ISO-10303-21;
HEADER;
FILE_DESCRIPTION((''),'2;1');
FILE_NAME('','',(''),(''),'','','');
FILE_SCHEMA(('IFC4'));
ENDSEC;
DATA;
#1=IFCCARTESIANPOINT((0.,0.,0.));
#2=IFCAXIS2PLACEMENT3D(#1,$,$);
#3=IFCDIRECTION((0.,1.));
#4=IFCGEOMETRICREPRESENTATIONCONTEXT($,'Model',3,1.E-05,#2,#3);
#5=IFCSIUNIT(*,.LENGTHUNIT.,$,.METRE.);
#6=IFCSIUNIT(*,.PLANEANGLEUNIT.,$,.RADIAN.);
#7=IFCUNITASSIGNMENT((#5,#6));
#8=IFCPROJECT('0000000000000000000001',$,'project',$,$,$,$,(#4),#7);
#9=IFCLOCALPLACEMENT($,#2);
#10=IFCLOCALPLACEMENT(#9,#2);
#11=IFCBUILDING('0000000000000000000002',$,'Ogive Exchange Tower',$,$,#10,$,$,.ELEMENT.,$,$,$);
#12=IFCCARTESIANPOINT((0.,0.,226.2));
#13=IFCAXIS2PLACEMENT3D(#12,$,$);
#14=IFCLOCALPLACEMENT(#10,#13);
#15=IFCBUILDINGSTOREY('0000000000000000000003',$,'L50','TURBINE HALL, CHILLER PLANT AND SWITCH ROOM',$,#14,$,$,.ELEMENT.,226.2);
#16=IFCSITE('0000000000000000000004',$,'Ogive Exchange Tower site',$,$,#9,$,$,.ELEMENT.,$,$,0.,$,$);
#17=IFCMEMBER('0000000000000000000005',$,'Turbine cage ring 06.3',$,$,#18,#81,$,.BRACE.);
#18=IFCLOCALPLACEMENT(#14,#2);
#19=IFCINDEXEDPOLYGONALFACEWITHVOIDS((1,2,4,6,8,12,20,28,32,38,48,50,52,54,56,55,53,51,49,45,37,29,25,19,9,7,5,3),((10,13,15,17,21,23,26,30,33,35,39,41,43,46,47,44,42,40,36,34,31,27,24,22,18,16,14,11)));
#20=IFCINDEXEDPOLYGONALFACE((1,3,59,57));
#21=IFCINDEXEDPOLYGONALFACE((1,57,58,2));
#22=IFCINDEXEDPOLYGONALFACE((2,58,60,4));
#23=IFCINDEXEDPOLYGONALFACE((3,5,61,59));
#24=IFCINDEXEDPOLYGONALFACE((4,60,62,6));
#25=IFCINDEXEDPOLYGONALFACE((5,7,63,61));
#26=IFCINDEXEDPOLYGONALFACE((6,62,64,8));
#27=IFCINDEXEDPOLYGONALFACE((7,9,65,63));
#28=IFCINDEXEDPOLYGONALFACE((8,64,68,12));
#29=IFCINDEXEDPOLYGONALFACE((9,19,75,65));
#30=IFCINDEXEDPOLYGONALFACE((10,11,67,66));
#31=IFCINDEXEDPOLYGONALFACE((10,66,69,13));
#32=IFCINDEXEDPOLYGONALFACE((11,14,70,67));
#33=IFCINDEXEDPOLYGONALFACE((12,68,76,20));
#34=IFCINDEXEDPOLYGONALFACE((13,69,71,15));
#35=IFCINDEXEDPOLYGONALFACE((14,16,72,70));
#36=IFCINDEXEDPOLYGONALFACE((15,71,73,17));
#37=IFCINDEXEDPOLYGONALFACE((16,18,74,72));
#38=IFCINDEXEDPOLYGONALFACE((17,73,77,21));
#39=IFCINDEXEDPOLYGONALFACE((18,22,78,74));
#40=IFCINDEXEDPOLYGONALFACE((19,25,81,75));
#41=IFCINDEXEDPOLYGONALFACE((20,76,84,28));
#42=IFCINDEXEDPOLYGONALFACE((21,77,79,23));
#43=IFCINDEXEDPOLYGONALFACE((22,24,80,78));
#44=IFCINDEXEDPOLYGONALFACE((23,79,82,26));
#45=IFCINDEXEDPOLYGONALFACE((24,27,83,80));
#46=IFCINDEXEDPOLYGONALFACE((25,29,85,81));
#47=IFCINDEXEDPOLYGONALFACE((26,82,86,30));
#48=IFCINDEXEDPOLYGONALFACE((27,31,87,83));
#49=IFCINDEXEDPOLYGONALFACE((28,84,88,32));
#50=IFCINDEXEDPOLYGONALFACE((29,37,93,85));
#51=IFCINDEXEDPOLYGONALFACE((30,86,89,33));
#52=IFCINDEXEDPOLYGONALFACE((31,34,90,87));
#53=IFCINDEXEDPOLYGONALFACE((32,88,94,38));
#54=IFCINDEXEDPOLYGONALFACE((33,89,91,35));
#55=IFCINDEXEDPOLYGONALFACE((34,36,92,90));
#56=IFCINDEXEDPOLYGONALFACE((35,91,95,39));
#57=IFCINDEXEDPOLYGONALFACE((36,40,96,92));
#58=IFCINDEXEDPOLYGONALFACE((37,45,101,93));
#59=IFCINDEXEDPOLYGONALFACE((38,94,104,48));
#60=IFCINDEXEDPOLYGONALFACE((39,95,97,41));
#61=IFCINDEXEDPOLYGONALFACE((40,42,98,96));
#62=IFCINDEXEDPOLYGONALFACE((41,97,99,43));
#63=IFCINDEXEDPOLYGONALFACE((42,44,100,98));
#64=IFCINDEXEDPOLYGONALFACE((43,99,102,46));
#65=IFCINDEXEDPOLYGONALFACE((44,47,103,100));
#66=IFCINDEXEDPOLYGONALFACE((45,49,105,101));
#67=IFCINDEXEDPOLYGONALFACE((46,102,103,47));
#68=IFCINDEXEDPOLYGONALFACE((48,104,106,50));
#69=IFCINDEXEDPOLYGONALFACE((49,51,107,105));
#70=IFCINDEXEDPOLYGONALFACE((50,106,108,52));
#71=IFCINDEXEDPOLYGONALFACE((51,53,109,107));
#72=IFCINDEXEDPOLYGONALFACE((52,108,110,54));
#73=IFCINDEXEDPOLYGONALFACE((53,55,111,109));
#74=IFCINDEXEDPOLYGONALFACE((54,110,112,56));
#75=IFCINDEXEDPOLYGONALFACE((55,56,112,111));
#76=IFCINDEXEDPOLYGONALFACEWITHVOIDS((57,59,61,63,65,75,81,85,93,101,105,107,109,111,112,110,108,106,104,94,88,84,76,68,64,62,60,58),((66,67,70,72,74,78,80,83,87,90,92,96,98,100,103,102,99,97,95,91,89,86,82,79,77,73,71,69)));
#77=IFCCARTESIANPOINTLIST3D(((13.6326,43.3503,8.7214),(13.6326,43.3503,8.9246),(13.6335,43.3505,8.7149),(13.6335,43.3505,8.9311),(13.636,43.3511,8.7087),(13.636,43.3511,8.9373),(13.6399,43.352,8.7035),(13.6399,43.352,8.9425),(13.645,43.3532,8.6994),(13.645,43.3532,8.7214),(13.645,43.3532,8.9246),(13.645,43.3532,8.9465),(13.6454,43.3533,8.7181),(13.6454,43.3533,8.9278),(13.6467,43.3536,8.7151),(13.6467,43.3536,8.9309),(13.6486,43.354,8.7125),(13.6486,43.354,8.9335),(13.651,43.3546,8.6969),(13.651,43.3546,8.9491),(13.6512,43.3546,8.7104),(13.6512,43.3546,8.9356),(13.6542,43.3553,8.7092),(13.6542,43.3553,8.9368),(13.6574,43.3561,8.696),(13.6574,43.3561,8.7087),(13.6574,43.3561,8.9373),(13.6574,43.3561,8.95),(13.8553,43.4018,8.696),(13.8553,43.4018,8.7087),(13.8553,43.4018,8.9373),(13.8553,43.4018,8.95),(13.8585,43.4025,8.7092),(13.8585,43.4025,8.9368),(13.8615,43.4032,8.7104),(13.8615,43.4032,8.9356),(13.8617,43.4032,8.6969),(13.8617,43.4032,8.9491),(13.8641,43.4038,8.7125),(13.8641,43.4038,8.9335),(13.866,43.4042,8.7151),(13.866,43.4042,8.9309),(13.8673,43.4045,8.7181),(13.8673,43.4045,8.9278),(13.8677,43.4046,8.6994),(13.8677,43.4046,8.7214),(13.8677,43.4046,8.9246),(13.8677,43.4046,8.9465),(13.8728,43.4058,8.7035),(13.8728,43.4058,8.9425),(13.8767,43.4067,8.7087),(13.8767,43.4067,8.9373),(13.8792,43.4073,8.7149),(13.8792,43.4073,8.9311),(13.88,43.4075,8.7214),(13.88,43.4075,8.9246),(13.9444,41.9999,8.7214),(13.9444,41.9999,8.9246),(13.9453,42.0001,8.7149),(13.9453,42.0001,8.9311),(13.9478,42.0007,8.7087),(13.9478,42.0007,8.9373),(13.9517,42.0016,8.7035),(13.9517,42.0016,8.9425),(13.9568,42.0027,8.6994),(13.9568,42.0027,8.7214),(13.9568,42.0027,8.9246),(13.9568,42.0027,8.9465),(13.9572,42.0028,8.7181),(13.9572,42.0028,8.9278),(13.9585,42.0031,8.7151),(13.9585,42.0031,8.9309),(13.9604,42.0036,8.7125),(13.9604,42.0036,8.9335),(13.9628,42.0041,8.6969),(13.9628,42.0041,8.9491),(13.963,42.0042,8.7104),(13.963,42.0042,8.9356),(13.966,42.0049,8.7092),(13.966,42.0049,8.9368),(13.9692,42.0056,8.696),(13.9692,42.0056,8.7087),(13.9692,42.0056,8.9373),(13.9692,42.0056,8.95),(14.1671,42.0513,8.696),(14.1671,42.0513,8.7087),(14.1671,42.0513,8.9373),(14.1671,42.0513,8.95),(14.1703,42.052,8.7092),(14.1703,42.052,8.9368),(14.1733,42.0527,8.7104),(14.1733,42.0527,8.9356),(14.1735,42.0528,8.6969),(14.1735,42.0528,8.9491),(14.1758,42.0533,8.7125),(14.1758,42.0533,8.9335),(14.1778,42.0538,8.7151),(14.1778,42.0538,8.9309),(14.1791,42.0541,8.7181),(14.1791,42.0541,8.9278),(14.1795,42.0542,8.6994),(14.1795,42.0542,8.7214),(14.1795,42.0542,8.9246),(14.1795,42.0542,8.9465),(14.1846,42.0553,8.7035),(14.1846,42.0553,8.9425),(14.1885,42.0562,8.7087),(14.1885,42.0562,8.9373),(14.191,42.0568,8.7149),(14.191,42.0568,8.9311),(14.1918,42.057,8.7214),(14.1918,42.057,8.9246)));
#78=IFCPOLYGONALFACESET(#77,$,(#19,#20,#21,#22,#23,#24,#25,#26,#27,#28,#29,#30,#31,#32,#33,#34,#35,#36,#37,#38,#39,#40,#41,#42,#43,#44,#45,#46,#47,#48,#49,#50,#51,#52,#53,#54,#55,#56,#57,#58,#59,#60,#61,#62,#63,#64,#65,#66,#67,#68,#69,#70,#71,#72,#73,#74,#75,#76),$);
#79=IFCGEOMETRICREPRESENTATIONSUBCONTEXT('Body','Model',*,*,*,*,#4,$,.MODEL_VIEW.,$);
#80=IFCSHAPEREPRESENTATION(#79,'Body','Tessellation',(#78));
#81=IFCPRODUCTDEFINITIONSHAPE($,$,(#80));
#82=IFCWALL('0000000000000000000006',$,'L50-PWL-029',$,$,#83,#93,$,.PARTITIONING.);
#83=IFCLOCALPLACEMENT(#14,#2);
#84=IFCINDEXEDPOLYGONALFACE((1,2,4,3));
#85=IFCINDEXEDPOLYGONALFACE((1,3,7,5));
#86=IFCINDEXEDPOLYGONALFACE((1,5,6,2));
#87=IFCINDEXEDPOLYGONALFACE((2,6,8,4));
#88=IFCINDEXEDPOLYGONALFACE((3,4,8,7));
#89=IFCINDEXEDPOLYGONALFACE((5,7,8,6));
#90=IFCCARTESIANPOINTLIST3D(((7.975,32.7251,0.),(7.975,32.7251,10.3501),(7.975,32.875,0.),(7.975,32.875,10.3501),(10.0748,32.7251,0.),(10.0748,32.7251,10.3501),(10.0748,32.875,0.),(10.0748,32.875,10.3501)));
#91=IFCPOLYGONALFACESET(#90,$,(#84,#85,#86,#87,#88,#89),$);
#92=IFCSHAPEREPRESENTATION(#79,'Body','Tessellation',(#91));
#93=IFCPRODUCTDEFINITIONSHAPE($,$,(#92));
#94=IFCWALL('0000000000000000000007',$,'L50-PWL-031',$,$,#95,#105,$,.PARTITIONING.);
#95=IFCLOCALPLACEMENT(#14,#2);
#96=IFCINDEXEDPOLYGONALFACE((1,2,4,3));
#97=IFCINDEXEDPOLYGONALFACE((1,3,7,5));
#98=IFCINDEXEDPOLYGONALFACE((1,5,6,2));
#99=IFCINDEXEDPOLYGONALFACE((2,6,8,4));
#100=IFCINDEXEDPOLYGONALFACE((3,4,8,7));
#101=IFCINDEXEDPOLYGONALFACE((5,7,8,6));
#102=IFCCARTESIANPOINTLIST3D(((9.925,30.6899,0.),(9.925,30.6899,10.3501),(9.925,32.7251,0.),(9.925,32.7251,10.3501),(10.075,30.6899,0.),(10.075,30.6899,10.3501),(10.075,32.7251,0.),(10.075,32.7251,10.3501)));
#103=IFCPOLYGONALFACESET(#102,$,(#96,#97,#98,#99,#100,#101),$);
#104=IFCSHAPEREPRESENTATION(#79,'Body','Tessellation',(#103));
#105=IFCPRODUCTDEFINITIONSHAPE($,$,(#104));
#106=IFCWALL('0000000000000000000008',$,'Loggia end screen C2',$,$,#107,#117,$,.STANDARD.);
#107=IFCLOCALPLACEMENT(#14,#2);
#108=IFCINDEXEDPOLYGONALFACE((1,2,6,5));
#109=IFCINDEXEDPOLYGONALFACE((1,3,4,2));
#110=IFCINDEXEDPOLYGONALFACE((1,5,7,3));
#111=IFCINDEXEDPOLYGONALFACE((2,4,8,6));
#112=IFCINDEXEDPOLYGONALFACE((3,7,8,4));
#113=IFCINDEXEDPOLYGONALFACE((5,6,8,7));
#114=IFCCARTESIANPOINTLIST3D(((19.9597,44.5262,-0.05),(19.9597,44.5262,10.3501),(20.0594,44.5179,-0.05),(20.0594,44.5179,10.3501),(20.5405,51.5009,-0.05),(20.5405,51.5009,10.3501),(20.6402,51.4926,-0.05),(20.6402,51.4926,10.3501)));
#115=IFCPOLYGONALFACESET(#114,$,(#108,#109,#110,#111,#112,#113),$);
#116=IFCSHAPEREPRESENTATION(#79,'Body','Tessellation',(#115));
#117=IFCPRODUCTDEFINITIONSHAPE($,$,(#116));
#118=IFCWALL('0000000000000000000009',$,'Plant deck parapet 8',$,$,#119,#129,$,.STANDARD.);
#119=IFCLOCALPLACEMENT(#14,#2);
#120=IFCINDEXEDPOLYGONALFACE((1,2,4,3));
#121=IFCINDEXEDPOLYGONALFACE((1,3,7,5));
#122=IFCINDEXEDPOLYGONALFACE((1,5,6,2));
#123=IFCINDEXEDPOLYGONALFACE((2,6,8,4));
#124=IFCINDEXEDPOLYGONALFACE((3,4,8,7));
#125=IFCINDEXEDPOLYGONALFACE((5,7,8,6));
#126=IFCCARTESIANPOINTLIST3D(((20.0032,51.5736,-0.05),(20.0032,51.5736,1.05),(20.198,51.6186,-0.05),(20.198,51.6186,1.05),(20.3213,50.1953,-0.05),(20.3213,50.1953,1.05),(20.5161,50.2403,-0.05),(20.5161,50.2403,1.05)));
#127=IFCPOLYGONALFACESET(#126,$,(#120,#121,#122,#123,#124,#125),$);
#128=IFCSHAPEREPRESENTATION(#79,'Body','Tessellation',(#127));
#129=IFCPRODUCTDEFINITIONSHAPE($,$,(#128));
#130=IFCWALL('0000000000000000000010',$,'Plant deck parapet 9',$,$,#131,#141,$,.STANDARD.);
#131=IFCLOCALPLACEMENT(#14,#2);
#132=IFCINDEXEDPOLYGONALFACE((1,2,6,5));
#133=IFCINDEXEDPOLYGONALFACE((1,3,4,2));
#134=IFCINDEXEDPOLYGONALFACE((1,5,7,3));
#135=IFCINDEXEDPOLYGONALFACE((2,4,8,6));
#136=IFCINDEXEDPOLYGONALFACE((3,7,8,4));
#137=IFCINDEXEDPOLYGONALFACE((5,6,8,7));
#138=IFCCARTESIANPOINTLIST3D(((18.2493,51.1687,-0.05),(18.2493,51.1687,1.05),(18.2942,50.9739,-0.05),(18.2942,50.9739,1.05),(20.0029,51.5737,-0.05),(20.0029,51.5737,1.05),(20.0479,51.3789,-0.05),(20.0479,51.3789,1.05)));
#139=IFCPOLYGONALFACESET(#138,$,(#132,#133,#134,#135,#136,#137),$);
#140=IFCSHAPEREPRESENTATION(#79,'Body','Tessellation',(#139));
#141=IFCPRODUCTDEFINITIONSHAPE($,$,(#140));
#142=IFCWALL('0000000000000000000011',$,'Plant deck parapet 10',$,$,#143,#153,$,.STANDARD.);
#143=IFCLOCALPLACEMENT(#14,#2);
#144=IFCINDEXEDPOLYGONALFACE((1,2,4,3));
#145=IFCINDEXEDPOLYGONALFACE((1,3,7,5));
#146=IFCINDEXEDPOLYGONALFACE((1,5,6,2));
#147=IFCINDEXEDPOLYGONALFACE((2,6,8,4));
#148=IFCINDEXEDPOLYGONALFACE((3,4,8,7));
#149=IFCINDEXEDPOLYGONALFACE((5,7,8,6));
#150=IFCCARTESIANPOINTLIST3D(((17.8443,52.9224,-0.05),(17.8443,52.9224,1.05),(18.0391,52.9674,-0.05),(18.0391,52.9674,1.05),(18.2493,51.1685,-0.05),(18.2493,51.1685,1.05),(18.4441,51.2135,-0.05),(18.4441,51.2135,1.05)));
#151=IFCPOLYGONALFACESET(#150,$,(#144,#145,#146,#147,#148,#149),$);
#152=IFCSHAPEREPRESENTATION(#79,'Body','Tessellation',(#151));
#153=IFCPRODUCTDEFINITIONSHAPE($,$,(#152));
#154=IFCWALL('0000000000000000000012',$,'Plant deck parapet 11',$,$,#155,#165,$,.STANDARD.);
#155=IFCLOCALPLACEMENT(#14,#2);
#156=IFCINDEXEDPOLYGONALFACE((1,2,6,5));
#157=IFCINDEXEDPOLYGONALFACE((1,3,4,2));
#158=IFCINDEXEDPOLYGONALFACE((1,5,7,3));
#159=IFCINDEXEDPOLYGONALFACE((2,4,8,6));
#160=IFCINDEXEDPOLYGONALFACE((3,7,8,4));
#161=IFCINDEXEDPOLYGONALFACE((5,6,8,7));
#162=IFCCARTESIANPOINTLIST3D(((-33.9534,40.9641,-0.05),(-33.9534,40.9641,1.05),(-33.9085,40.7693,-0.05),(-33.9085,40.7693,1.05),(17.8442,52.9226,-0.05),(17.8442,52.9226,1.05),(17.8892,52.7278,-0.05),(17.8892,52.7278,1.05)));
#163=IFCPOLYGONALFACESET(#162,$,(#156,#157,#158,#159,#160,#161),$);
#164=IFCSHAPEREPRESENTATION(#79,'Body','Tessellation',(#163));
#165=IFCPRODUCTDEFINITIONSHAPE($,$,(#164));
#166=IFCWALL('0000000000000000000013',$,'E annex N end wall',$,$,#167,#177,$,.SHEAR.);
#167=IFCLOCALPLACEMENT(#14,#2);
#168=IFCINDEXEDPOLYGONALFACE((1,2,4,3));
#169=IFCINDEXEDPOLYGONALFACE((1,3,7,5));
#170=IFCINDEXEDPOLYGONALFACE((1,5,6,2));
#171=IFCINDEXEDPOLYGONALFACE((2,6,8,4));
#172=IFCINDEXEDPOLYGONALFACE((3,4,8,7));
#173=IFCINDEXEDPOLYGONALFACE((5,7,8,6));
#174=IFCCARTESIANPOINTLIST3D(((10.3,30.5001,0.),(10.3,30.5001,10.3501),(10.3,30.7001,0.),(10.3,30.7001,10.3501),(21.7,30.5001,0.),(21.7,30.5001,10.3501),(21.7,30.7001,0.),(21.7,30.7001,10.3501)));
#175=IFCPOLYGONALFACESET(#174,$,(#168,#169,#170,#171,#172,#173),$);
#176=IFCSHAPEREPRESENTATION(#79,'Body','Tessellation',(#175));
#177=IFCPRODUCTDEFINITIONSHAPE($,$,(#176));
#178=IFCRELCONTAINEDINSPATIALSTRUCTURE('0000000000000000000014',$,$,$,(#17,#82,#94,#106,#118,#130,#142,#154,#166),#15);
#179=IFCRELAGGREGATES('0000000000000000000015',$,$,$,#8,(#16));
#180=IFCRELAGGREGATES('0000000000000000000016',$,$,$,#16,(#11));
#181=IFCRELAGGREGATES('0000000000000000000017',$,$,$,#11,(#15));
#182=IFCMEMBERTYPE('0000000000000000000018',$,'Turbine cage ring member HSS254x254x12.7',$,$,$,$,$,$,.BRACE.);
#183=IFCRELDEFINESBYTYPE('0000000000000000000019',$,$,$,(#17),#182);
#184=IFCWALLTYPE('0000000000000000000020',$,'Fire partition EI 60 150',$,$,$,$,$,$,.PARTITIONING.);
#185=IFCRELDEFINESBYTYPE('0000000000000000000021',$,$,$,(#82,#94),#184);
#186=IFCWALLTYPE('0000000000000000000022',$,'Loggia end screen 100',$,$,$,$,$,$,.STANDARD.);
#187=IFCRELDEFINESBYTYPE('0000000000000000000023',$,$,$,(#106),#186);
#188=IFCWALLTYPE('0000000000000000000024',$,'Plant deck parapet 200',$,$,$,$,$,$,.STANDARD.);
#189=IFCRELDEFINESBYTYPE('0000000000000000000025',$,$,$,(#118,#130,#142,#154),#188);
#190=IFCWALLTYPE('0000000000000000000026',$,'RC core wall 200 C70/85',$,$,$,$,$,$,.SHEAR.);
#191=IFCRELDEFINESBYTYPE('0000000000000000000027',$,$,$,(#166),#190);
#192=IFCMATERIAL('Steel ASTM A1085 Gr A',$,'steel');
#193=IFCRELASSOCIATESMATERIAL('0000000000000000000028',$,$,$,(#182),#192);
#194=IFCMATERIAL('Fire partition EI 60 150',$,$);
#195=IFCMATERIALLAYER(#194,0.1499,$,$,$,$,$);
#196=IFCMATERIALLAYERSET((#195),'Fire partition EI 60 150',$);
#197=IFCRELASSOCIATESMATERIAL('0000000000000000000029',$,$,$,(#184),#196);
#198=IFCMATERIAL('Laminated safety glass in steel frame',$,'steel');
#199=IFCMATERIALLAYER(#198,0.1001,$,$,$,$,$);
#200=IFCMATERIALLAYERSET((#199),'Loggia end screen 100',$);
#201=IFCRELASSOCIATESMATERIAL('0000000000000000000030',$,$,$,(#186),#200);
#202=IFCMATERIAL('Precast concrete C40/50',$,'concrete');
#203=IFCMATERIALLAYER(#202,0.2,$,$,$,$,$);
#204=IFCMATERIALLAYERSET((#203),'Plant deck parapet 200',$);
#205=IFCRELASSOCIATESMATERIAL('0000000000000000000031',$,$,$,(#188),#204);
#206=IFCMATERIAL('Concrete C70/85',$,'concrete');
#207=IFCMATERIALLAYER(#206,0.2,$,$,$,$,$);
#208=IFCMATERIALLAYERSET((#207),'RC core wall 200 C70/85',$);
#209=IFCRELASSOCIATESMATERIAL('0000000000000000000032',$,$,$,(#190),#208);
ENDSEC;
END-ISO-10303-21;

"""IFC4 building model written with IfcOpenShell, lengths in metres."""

from ifc_helpers import new_model, si_unit, direction, frame, frame_2d, origin, origin_2d, place, context, subcontext, project, spatial, rectangle, hollow_rectangle, extrude, material, layer, layer_set, material_profile, profile_set, type_object, element, save


model = new_model("IFC4")

# Units and contexts
model_context = context("Model", 3, precision=1e-05, world=origin(), true_north=direction((0.0, 1.0)))
body_context = subcontext(model_context, "Body", "Model", "MODEL_VIEW")
ifc_project = project(units=[si_unit("LENGTHUNIT", "METRE"), si_unit("PLANEANGLEUNIT", "RADIAN")], contexts=[model_context])

# Site, building, storey
site_placement = place(None, origin())
site = spatial("IfcSite", under=ifc_project, at=site_placement, Name="Ogive Exchange Tower site", CompositionType="ELEMENT", RefElevation=0.0)
building_placement = place(site_placement, origin())
building = spatial("IfcBuilding", under=site, at=building_placement, Name="Ogive Exchange Tower", CompositionType="ELEMENT")
storey_placement = place(building_placement, frame((0.0, 0.0, 226.2)))
storey = spatial("IfcBuildingStorey", under=building, at=storey_placement, Name="L50", Description="TURBINE HALL, CHILLER PLANT AND SWITCH ROOM", CompositionType="ELEMENT", Elevation=226.2)

# Shared definitions
ifc_material_1 = material(Name="Steel ASTM A1085 Gr A", Category="steel")

# Member
ifc_material_profile_1 = material_profile(ifc_material_1, hollow_rectangle(XDim=0.2539, YDim=0.2539, WallThickness=0.0127, InnerFilletRadius=0.0127, OuterFilletRadius=0.0254, at=origin_2d()), Name="HSS254x254x12.7")
ifc_profile_set_1 = profile_set([ifc_material_profile_1], Name="Steel ASTM A1085 Gr A")
member_type_1 = type_object("IfcMemberType", Name="Turbine cage ring member HSS254x254x12.7", PredefinedType="BRACE", material=ifc_profile_set_1)
member_1_placement = place(storey_placement, frame((13.7563, 43.3789, 8.823), z_axis=(0.224962, -0.974367, 0.0), x_axis=(0.974367, 0.224962, 0.0)))
element("IfcMember", 1, at=member_1_placement, inside=storey, type_object=member_type_1, Name="Turbine cage ring 06.3", PredefinedType="BRACE", context=body_context, shape_type="SweptSolid", body=[
    extrude(hollow_rectangle(XDim=0.2539, YDim=0.2539, WallThickness=0.0127, InnerFilletRadius=0.0127, OuterFilletRadius=0.0254, at=origin_2d()), origin(), (0.0, 0.0, 1.0), 1.386),
])

# Walls
ifc_material_2 = material(Name="Fire partition EI 60 150")
ifc_layer_1 = layer(ifc_material_2, 0.1499)
ifc_layer_set_1 = layer_set([ifc_layer_1], Name="Fire partition EI 60 150")
wall_type_1 = type_object("IfcWallType", Name="Fire partition EI 60 150", PredefinedType="PARTITIONING", material=ifc_layer_set_1)
wall_1_placement = place(storey_placement, frame((7.9751, 32.8, 0.0), z_axis=(0.0, 0.0, 1.0), x_axis=(1.0, 0.0, 0.0)))
element("IfcWall", 2, at=wall_1_placement, inside=storey, type_object=wall_type_1, Name="L50-PWL-029", PredefinedType="PARTITIONING", context=body_context, shape_type="SweptSolid", body=[
    extrude(rectangle(XDim=2.0999, YDim=0.1499, at=frame_2d((1.0498, 0.0))), origin(), (0.0, 0.0, 1.0), 10.3501),
])
wall_2_placement = place(storey_placement, frame((10.0, 32.7251, 0.0), z_axis=(0.0, 0.0, 1.0), x_axis=(0.0, -1.0, 0.0)))
element("IfcWall", 3, at=wall_2_placement, inside=storey, type_object=wall_type_1, Name="L50-PWL-031", PredefinedType="PARTITIONING", context=body_context, shape_type="SweptSolid", body=[
    extrude(rectangle(XDim=2.0352, YDim=0.1499, at=frame_2d((1.0176, 0.0))), origin(), (0.0, 0.0, 1.0), 10.3501),
])
ifc_material_3 = material(Name="Laminated safety glass in steel frame", Category="steel")
ifc_layer_2 = layer(ifc_material_3, 0.1001)
ifc_layer_set_2 = layer_set([ifc_layer_2], Name="Loggia end screen 100")
wall_type_2 = type_object("IfcWallType", Name="Loggia end screen 100", PredefinedType="STANDARD", material=ifc_layer_set_2)
wall_3_placement = place(storey_placement, frame((20.0095, 44.522, -0.05), z_axis=(0.0, 0.0, 1.0), x_axis=(0.082988, 0.996551, 0.0)))
element("IfcWall", 4, at=wall_3_placement, inside=storey, type_object=wall_type_2, Name="Loggia end screen C2", PredefinedType="STANDARD", context=body_context, shape_type="SweptSolid", body=[
    extrude(rectangle(XDim=6.9988, YDim=0.1001, at=frame_2d((3.4995, 0.0))), origin(), (0.0, 0.0, 1.0), 10.4001),
])
ifc_material_4 = material(Name="Precast concrete C40/50", Category="concrete")
ifc_layer_3 = layer(ifc_material_4, 0.2)
ifc_layer_set_3 = layer_set([ifc_layer_3], Name="Plant deck parapet 200")
wall_type_3 = type_object("IfcWallType", Name="Plant deck parapet 200", PredefinedType="STANDARD", material=ifc_layer_set_3)
wall_4_placement = place(storey_placement, frame((20.4187, 50.2178, -0.05), z_axis=(0.0, 0.0, 1.0), x_axis=(-0.224872, 0.974388, 0.0)))
element("IfcWall", 5, at=wall_4_placement, inside=storey, type_object=wall_type_3, Name="Plant deck parapet 8", PredefinedType="STANDARD", context=body_context, shape_type="SweptSolid", body=[
    extrude(rectangle(XDim=1.4146, YDim=0.2, at=frame_2d((0.7073, 0.0))), origin(), (0.0, 0.0, 1.0), 1.1001),
])
wall_5_placement = place(storey_placement, frame((20.0254, 51.4763, -0.05), z_axis=(0.0, 0.0, 1.0), x_axis=(-0.97435, -0.225038, 0.0)))
element("IfcWall", 6, at=wall_5_placement, inside=storey, type_object=wall_type_3, Name="Plant deck parapet 9", PredefinedType="STANDARD", context=body_context, shape_type="SweptSolid", body=[
    extrude(rectangle(XDim=1.7998, YDim=0.2, at=frame_2d((0.8999, 0.0))), origin(), (0.0, 0.0, 1.0), 1.1001),
])
wall_6_placement = place(storey_placement, frame((18.3467, 51.1912, -0.05), z_axis=(0.0, 0.0, 1.0), x_axis=(-0.225008, 0.974357, 0.0)))
element("IfcWall", 7, at=wall_6_placement, inside=storey, type_object=wall_type_3, Name="Plant deck parapet 10", PredefinedType="STANDARD", context=body_context, shape_type="SweptSolid", body=[
    extrude(rectangle(XDim=1.8, YDim=0.2, at=frame_2d((0.8999, 0.0))), origin(), (0.0, 0.0, 1.0), 1.1001),
])
wall_7_placement = place(storey_placement, frame((17.8667, 52.8252, -0.05), z_axis=(0.0, 0.0, 1.0), x_axis=(-0.97437, -0.224952, 0.0)))
element("IfcWall", 8, at=wall_7_placement, inside=storey, type_object=wall_type_3, Name="Plant deck parapet 11", PredefinedType="STANDARD", context=body_context, shape_type="SweptSolid", body=[
    extrude(rectangle(XDim=53.1602, YDim=0.2, at=frame_2d((26.5801, 0.0))), origin(), (0.0, 0.0, 1.0), 1.1001),
])
ifc_material_5 = material(Name="Concrete C70/85", Category="concrete")
ifc_layer_4 = layer(ifc_material_5, 0.2)
ifc_layer_set_4 = layer_set([ifc_layer_4], Name="RC core wall 200 C70/85")
wall_type_4 = type_object("IfcWallType", Name="RC core wall 200 C70/85", PredefinedType="SHEAR", material=ifc_layer_set_4)
wall_8_placement = place(storey_placement, frame((10.3, 30.6001, 0.0), z_axis=(0.0, 0.0, 1.0), x_axis=(1.0, 0.0, 0.0)))
element("IfcWall", 9, at=wall_8_placement, inside=storey, type_object=wall_type_4, Name="E annex N end wall", PredefinedType="SHEAR", context=body_context, shape_type="SweptSolid", body=[
    extrude(rectangle(XDim=11.3999, YDim=0.2, at=frame_2d((5.7, 0.0))), origin(), (0.0, 0.0, 1.0), 10.3501),
])

save(model, "model.ifc")
